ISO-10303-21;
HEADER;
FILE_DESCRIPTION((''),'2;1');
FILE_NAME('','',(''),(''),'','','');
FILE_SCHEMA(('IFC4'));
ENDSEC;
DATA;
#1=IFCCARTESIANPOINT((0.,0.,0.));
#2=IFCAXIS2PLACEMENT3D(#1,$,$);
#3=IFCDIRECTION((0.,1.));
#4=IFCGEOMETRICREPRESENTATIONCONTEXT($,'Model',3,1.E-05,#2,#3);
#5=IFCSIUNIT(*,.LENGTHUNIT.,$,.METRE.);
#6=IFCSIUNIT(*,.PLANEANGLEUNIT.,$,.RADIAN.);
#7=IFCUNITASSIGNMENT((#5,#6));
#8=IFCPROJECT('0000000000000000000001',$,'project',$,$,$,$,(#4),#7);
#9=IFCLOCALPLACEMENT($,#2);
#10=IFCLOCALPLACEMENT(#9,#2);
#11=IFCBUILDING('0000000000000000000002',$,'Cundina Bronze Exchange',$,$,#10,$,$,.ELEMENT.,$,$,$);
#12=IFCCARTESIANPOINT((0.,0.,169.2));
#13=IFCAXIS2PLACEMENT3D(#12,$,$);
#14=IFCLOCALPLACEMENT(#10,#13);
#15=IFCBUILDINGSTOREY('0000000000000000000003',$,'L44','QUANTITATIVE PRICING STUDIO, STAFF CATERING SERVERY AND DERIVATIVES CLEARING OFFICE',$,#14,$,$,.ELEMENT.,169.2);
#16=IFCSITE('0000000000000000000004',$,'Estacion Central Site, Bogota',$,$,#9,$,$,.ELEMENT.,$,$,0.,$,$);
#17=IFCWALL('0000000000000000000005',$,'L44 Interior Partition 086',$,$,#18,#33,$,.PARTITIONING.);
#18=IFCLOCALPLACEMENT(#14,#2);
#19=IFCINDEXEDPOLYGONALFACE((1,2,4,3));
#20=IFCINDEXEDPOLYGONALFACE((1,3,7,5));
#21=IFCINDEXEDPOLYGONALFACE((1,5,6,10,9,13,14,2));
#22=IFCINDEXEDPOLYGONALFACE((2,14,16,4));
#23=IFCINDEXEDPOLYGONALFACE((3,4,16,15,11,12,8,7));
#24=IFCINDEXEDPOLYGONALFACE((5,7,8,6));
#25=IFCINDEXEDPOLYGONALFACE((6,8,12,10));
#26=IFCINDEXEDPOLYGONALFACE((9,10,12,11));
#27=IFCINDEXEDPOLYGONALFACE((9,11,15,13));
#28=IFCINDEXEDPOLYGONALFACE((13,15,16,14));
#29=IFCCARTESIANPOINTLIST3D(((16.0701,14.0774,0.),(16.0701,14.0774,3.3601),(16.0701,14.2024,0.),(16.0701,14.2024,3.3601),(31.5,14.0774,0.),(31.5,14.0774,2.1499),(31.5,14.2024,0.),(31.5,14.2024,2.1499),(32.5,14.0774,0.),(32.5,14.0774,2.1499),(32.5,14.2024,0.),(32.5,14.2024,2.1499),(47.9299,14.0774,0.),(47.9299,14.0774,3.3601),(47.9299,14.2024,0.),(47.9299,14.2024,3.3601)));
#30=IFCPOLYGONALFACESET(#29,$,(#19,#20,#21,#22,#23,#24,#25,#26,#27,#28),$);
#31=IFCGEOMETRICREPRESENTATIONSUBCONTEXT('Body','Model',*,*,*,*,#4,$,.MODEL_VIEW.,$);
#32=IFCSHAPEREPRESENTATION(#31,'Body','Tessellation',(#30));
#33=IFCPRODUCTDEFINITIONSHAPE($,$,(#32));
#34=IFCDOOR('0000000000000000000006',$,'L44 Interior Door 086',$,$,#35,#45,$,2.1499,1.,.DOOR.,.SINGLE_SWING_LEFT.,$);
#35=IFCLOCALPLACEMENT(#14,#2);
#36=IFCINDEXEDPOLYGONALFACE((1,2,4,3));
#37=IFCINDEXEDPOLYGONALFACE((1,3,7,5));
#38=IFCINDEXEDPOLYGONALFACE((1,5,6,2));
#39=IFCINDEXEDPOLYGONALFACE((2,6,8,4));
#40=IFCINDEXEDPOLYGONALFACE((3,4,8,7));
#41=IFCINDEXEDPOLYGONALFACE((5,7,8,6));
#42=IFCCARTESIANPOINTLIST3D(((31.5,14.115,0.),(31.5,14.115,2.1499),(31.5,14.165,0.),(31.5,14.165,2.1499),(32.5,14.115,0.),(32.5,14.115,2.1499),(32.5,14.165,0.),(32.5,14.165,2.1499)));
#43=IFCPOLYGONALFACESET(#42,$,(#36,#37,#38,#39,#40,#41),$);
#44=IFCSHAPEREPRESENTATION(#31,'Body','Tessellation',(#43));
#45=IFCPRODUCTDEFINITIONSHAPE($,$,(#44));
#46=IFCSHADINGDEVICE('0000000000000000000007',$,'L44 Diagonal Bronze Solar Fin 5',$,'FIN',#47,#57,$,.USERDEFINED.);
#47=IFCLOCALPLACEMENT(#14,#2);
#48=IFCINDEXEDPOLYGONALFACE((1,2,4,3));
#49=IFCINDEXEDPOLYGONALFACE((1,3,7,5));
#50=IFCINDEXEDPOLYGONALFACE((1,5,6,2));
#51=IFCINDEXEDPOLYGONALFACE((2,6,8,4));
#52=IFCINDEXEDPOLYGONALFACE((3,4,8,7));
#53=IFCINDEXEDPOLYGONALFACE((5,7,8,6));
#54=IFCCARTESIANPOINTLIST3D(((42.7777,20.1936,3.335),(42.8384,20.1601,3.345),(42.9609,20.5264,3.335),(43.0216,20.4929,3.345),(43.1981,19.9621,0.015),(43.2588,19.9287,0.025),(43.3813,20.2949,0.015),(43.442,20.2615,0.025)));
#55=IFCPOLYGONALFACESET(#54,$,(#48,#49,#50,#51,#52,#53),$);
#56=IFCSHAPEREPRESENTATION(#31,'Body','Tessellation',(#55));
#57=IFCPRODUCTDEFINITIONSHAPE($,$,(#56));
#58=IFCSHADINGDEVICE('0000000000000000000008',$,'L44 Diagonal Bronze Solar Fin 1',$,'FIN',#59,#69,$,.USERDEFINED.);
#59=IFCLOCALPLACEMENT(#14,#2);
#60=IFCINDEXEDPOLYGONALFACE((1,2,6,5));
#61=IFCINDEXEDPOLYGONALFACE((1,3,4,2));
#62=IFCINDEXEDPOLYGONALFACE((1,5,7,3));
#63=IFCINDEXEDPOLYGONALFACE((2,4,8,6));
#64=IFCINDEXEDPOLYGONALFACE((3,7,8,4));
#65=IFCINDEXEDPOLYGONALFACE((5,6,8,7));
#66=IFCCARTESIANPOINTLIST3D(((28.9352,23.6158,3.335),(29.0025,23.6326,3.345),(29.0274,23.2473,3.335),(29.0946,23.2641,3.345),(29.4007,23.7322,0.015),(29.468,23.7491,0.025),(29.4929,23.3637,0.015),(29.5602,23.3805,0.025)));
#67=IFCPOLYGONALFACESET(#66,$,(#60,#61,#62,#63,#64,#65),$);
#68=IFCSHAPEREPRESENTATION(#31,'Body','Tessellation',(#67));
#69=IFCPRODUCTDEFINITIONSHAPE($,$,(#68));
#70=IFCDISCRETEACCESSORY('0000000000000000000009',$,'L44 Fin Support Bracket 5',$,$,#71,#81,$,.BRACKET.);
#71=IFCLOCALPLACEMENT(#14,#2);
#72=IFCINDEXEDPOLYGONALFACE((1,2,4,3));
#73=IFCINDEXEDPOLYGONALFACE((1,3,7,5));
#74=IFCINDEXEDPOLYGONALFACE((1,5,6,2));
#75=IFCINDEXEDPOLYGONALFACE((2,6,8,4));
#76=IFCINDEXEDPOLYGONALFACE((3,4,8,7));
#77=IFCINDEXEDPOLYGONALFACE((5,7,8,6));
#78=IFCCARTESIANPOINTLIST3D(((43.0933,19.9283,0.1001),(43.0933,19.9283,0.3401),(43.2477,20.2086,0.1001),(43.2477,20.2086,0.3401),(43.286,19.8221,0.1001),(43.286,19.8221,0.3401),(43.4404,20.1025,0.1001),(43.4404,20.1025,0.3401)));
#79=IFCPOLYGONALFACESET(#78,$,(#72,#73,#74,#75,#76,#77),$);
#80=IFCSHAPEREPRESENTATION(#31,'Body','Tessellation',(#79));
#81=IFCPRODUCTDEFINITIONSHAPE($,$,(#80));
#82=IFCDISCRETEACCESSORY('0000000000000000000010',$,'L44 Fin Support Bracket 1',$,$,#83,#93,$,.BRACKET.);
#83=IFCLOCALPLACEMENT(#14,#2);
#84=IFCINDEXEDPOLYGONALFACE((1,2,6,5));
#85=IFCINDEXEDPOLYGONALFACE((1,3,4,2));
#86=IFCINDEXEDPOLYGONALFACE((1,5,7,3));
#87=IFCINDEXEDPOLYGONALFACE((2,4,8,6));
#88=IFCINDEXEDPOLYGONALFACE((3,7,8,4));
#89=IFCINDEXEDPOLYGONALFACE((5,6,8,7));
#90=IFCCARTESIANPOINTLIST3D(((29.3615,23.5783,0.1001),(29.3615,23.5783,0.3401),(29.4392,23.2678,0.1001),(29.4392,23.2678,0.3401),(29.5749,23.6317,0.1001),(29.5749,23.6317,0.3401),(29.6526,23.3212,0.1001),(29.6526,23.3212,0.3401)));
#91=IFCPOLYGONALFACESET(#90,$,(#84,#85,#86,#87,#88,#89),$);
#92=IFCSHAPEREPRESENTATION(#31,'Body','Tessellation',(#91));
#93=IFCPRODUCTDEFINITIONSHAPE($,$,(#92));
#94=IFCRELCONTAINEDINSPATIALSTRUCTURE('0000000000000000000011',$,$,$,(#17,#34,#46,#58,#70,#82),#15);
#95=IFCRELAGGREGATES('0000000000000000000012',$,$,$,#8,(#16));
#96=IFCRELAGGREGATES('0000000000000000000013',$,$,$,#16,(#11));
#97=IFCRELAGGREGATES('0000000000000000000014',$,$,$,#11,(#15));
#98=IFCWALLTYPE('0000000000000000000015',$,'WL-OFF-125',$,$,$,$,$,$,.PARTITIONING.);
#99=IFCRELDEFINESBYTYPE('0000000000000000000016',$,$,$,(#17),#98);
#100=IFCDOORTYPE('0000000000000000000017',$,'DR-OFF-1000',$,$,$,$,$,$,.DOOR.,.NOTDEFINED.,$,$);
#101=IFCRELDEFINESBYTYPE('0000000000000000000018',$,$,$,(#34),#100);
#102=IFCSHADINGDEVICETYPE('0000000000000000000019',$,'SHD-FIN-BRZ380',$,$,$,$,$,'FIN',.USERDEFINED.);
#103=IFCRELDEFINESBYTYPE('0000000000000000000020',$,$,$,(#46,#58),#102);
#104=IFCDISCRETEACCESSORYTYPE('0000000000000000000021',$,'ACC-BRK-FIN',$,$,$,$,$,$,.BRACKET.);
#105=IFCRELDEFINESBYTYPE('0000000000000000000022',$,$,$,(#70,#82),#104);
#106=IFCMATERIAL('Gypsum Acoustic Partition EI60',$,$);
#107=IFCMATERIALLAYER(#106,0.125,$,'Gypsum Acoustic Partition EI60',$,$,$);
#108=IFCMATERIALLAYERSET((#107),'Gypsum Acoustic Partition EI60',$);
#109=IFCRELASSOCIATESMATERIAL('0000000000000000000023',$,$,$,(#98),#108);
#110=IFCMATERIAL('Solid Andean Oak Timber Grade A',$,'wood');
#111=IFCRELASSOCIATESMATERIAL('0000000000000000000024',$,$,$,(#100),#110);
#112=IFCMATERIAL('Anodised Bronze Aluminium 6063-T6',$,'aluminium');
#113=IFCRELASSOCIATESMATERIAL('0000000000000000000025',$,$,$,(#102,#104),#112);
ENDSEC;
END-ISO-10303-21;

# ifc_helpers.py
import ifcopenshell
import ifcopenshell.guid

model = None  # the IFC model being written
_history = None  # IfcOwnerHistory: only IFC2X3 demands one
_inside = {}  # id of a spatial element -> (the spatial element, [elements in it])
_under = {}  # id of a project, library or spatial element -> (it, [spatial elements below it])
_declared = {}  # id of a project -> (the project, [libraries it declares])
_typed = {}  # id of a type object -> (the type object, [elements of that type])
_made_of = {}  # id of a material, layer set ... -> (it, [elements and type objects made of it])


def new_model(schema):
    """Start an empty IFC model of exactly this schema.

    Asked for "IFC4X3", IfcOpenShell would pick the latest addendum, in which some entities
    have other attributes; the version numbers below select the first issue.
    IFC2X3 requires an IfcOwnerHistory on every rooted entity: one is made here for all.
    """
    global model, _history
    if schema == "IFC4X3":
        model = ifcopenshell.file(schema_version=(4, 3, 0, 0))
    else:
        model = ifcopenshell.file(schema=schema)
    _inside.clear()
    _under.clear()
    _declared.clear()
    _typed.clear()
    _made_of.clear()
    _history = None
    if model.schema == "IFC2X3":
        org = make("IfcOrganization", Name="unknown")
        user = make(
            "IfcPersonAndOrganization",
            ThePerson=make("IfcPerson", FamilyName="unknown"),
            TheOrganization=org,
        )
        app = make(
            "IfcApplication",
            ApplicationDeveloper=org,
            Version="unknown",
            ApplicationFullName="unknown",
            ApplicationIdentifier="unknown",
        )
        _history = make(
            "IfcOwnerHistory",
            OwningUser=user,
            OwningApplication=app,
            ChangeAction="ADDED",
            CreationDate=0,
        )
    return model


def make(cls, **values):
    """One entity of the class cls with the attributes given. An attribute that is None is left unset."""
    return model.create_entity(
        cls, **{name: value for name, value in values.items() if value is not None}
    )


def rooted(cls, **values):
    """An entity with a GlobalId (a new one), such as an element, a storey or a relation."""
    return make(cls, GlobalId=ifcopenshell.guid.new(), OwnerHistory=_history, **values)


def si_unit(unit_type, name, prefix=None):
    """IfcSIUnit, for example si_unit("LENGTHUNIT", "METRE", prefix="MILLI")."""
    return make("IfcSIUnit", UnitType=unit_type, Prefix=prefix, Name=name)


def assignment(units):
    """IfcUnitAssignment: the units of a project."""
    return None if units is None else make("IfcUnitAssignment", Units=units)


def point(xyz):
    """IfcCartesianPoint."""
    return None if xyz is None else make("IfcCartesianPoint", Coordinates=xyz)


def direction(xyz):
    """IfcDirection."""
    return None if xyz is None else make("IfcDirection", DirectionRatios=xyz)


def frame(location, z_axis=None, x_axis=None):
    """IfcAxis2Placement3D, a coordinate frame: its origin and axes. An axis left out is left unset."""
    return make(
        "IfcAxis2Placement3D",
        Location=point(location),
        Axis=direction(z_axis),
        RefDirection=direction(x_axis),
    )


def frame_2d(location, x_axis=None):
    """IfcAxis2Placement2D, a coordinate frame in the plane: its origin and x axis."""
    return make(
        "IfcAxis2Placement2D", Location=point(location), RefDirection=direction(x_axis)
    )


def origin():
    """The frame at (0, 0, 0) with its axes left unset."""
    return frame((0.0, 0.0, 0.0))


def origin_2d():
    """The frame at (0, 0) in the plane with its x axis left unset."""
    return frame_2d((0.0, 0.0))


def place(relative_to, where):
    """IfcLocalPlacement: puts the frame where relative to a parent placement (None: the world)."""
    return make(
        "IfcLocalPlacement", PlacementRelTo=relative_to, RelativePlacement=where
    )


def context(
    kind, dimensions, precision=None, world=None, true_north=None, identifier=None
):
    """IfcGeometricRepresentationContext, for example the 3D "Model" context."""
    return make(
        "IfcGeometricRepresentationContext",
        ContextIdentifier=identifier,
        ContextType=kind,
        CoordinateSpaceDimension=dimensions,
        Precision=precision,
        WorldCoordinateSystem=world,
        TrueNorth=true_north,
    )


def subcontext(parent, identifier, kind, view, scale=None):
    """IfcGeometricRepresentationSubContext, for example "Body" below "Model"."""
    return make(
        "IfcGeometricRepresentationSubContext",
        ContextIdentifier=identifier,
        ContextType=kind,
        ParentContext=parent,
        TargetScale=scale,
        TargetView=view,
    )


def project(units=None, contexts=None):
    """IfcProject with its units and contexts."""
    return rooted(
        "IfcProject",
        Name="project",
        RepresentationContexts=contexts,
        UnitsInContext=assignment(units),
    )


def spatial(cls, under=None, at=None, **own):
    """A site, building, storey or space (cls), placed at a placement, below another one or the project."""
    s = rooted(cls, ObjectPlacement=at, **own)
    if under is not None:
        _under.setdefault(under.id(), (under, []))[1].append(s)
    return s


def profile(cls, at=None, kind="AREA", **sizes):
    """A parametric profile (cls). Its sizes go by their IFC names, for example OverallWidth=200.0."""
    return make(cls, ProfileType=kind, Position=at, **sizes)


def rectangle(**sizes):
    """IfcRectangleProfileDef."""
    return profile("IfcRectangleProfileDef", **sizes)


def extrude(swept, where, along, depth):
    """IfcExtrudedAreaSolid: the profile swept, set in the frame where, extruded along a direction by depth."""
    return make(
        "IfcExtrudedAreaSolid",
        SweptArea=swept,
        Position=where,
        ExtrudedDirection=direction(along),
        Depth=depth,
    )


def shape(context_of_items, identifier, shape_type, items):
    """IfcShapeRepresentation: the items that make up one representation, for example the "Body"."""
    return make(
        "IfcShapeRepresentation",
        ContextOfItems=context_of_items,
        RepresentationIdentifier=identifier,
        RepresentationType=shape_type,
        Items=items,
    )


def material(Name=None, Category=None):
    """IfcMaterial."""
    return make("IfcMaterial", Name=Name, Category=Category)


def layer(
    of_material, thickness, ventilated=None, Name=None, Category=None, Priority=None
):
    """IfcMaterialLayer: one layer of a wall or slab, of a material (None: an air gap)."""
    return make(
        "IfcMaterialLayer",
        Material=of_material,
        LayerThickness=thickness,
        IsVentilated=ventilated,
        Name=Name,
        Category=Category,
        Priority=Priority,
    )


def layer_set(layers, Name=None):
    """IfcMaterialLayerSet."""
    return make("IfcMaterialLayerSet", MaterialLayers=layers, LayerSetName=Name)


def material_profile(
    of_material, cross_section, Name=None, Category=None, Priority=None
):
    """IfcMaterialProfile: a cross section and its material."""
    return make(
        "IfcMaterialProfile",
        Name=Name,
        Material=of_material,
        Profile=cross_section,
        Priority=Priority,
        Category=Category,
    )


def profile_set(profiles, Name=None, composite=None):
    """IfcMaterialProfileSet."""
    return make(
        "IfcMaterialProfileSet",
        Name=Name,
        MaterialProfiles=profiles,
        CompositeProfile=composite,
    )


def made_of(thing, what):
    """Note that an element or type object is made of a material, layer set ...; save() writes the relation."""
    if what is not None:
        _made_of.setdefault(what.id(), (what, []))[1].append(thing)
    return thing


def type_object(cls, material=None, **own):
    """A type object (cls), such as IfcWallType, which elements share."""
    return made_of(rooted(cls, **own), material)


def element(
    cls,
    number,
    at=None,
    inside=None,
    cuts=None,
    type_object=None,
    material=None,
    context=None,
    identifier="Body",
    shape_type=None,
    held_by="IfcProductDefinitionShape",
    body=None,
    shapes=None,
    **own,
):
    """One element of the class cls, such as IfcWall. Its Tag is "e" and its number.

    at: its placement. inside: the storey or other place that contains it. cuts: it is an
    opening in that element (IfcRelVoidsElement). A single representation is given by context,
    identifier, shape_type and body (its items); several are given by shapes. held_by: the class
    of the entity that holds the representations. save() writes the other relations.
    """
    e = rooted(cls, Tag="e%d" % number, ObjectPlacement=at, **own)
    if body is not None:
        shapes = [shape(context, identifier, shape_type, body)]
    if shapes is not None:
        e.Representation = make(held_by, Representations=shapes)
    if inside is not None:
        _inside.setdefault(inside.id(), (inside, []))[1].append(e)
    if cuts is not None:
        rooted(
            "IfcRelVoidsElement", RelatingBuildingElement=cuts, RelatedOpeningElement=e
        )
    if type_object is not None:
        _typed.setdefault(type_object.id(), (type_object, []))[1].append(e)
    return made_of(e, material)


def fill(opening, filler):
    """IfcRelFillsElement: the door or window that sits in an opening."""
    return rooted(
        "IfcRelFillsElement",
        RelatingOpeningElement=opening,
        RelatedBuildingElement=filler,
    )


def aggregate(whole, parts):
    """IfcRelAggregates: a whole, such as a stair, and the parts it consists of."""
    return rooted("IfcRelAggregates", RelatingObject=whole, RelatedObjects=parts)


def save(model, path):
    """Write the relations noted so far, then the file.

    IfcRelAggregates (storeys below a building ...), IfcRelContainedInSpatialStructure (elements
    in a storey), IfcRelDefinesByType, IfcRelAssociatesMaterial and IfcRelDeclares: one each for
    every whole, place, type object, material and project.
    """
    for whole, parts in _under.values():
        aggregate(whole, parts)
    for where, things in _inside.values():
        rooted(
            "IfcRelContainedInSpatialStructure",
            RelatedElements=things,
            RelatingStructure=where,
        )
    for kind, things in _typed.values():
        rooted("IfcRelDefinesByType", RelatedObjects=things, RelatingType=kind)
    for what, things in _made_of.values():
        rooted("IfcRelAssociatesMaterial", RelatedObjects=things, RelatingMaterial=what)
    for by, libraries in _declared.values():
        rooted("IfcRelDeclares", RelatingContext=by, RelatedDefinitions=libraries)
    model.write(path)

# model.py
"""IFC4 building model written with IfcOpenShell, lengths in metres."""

from ifc_helpers import new_model, si_unit, direction, frame, frame_2d, origin, origin_2d, place, context, subcontext, project, spatial, rectangle, extrude, material, layer, layer_set, material_profile, profile_set, type_object, element, fill, save


model = new_model("IFC4")

# Units and contexts
model_context = context("Model", 3, precision=1e-05, world=origin(), true_north=direction((0.0, 1.0)))
body_context = subcontext(model_context, "Body", "Model", "MODEL_VIEW")
ifc_project = project(units=[si_unit("LENGTHUNIT", "METRE"), si_unit("PLANEANGLEUNIT", "RADIAN")], contexts=[model_context])

# Site, building, storey
site_placement = place(None, origin())
site = spatial("IfcSite", under=ifc_project, at=site_placement, Name="Estacion Central Site, Bogota", CompositionType="ELEMENT", RefElevation=0.0)
building_placement = place(site_placement, origin())
building = spatial("IfcBuilding", under=site, at=building_placement, Name="Cundina Bronze Exchange", CompositionType="ELEMENT")
storey_placement = place(building_placement, frame((0.0, 0.0, 169.2)))
storey = spatial("IfcBuildingStorey", under=building, at=storey_placement, Name="L44", Description="QUANTITATIVE PRICING STUDIO, STAFF CATERING SERVERY AND DERIVATIVES CLEARING OFFICE", CompositionType="ELEMENT", Elevation=169.2)

# Shared definitions
ifc_material_1 = material(Name="Anodised Bronze Aluminium 6063-T6", Category="aluminium")

# Wall, opening, door
ifc_material_2 = material(Name="Gypsum Acoustic Partition EI60")
ifc_layer_1 = layer(ifc_material_2, 0.125, Name="Gypsum Acoustic Partition EI60")
ifc_layer_set_1 = layer_set([ifc_layer_1], Name="Gypsum Acoustic Partition EI60")
wall_type = type_object("IfcWallType", Name="WL-OFF-125", PredefinedType="PARTITIONING", material=ifc_layer_set_1)
wall_placement = place(storey_placement, frame((47.9299, 14.1399, 0.0), z_axis=(0.0, 0.0, 1.0), x_axis=(-1.0, 0.0, 0.0)))
wall = element("IfcWall", 1, at=wall_placement, inside=storey, type_object=wall_type, Name="L44 Interior Partition 086", PredefinedType="PARTITIONING", context=body_context, shape_type="SweptSolid", body=[
    extrude(rectangle(XDim=31.8599, YDim=0.125, at=frame_2d((15.9299, 0.0))), origin(), (0.0, 0.0, 1.0), 3.3601),
])
opening_placement = place(wall_placement, frame((15.4299, 0.0, 0.0)))
opening = element("IfcOpeningElement", 2, at=opening_placement, cuts=wall, PredefinedType="OPENING", context=body_context, shape_type="SweptSolid", body=[
    extrude(rectangle(XDim=1.0, YDim=2.1499, at=frame_2d((0.5, 1.075))), frame((0.0, 0.0725, 0.0), z_axis=(0.0, -1.0, 0.0), x_axis=(1.0, 0.0, 0.0)), (0.0, 0.0, 1.0), 0.145),
])
ifc_material_3 = material(Name="Solid Andean Oak Timber Grade A", Category="wood")
door_type = type_object("IfcDoorType", Name="DR-OFF-1000", OperationType="NOTDEFINED", PredefinedType="DOOR", material=ifc_material_3)
door_placement = place(opening_placement, origin())
door = element("IfcDoor", 3, at=door_placement, inside=storey, type_object=door_type, Name="L44 Interior Door 086", OperationType="SINGLE_SWING_LEFT", OverallHeight=2.1499, OverallWidth=1.0, PredefinedType="DOOR", context=body_context, shape_type="SweptSolid", body=[
    extrude(rectangle(XDim=1.0, YDim=2.1499, at=frame_2d((0.5, 1.075))), frame((0.0, 0.0249, 0.0), z_axis=(0.0, -1.0, 0.0), x_axis=(1.0, 0.0, 0.0)), (0.0, 0.0, 1.0), 0.05),
])
fill(opening, door)

# Shading devices
ifc_material_profile_1 = material_profile(ifc_material_1, rectangle(XDim=0.0701, YDim=0.3799, at=origin_2d()), Name="FIN70X380", Category="aluminium")
ifc_profile_set_1 = profile_set([ifc_material_profile_1], Name="Anodised Bronze Aluminium 6063-T6")
shading_device_type = type_object("IfcShadingDeviceType", Name="SHD-FIN-BRZ380", ElementType="FIN", PredefinedType="USERDEFINED", material=ifc_profile_set_1)
for number, where, z_axis, x_axis, name in (
    (4, (43.3201, 20.1118, 0.02), (-0.125324, 0.068994, 0.989714), (0.867012, -0.47731, 0.143061), "L44 Diagonal Bronze Solar Fin 5"),
    (5, (29.4805, 23.5564, 0.02), (-0.138788, -0.034715, 0.989713), (0.960133, 0.240159, 0.143064), "L44 Diagonal Bronze Solar Fin 1"),
):
    element("IfcShadingDevice", number, at=place(storey_placement, frame(where, z_axis=z_axis, x_axis=x_axis)), inside=storey, type_object=shading_device_type, Name=name, ObjectType="FIN", PredefinedType="USERDEFINED", context=body_context, shape_type="SweptSolid", body=[
        extrude(rectangle(XDim=0.0701, YDim=0.3799, at=origin_2d()), origin(), (0.0, 0.0, 1.0), 3.3545),
    ])

# Discrete accessories
discrete_accessory_type = type_object("IfcDiscreteAccessoryType", Name="ACC-BRK-FIN", PredefinedType="BRACKET", material=ifc_material_1)
for number, where, z_axis, x_axis, name in (
    (6, (43.2668, 20.0154, 0.1001), (0.0, 0.0, 1.0), (-0.875869, 0.482549, 0.0), "L44 Fin Support Bracket 5"),
    (7, (29.5071, 23.4497, 0.1001), (0.0, 0.0, 1.0), (-0.970093, -0.242735, 0.0), "L44 Fin Support Bracket 1"),
):
    element("IfcDiscreteAccessory", number, at=place(storey_placement, frame(where, z_axis=z_axis, x_axis=x_axis)), inside=storey, type_object=discrete_accessory_type, Name=name, PredefinedType="BRACKET", context=body_context, shape_type="SweptSolid", body=[
        extrude(rectangle(XDim=0.22, YDim=0.3201, at=origin_2d()), origin(), (0.0, 0.0, 1.0), 0.24),
    ])

save(model, "model.ifc")
